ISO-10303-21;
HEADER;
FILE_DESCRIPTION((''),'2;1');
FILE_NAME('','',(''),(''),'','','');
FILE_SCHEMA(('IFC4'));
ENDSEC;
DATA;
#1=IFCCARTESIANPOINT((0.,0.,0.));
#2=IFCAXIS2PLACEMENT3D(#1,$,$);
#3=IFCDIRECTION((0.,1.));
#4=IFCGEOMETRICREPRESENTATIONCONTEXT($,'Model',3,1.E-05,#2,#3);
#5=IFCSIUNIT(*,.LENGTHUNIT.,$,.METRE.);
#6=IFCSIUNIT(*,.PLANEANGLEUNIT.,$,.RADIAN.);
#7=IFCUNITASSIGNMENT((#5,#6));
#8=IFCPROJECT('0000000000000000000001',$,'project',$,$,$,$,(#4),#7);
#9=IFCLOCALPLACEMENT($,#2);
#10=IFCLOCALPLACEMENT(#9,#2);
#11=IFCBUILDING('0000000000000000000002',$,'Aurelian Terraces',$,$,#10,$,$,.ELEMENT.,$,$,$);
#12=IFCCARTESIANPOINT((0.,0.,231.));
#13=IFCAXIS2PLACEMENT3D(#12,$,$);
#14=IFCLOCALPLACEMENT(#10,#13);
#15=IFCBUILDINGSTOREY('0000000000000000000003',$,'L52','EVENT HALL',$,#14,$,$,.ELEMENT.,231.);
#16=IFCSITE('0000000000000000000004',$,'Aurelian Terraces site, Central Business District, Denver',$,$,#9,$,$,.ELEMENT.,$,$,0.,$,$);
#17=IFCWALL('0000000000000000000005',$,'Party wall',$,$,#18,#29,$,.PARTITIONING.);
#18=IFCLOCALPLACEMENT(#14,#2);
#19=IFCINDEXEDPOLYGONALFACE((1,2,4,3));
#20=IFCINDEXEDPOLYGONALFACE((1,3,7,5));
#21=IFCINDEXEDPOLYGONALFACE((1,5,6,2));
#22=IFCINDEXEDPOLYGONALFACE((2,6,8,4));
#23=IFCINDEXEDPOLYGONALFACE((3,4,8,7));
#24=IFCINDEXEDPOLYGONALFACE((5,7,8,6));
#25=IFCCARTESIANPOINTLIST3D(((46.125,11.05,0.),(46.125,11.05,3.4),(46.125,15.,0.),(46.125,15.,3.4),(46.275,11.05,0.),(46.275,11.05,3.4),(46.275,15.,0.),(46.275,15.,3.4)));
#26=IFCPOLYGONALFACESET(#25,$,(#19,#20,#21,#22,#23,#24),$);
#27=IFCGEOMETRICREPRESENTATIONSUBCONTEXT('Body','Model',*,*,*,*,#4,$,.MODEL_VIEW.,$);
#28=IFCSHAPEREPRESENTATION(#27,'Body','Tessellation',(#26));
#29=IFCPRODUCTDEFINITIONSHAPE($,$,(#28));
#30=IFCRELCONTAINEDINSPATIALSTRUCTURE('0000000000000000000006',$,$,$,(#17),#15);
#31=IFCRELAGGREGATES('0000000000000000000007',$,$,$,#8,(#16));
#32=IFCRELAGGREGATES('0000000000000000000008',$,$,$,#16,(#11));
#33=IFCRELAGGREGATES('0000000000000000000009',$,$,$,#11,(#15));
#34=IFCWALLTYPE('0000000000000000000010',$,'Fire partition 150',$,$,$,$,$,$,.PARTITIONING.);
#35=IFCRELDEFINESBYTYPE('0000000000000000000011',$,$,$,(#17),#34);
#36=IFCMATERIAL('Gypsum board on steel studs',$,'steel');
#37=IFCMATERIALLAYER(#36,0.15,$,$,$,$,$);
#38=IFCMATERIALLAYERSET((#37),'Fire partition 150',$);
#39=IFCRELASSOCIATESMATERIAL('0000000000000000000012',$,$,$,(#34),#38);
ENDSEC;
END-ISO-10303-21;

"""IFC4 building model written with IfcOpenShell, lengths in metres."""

from ifc_helpers import new_model, si_unit, direction, frame, frame_2d, origin, place, context, subcontext, project, spatial, rectangle, extrude, source, transform, mapped, material, layer, layer_set, type_object, element, save


model = new_model("IFC4")

# Units and contexts
model_context = context("Model", 3, precision=1e-05, world=origin(), true_north=direction((0.0, 1.0)))
body_context = subcontext(model_context, "Body", "Model", "MODEL_VIEW")
ifc_project = project(units=[si_unit("LENGTHUNIT", "METRE"), si_unit("PLANEANGLEUNIT", "RADIAN")], contexts=[model_context])

# Site, building, storey
site_placement = place(None, origin())
site = spatial("IfcSite", under=ifc_project, at=site_placement, Name="Aurelian Terraces site, Central Business District, Denver", CompositionType="ELEMENT", RefElevation=0.0)
building_placement = place(site_placement, origin())
building = spatial("IfcBuilding", under=site, at=building_placement, Name="Aurelian Terraces", CompositionType="ELEMENT")
storey_placement = place(building_placement, frame((0.0, 0.0, 231.0)))
storey = spatial("IfcBuildingStorey", under=building, at=storey_placement, Name="L52", Description="EVENT HALL", CompositionType="ELEMENT", Elevation=231.0)

# Shared definitions
ifc_material_1 = material(Name="Gypsum board on steel studs", Category="steel")

# Shared definitions
ifc_layer_1 = layer(ifc_material_1, 0.15)
ifc_layer_set_1 = layer_set([ifc_layer_1], Name="Fire partition 150")
wall_type_1 = type_object("IfcWallType", Name="Fire partition 150", PredefinedType="PARTITIONING", material=ifc_layer_set_1)

# Shared definitions
shared_shape_1 = source(origin(), body_context, "Body", "SweptSolid", [
    extrude(rectangle(XDim=3.95, YDim=0.15, at=frame_2d((1.975, 0.0))), origin(), (0.0, 0.0, 1.0), 3.4),
])

# Wall
wall_1_placement = place(storey_placement, frame((46.2, 11.05, 0.0), z_axis=(0.0, 0.0, 1.0), x_axis=(0.0, 1.0, 0.0)))
element("IfcWall", 1, at=wall_1_placement, inside=storey, type_object=wall_type_1, Name="Party wall", PredefinedType="PARTITIONING", context=body_context, shape_type="MappedRepresentation", body=[
    mapped(shared_shape_1, transform((0.0, 0.0, 0.0), scale=1.0)),
])

save(model, "model.ifc")
